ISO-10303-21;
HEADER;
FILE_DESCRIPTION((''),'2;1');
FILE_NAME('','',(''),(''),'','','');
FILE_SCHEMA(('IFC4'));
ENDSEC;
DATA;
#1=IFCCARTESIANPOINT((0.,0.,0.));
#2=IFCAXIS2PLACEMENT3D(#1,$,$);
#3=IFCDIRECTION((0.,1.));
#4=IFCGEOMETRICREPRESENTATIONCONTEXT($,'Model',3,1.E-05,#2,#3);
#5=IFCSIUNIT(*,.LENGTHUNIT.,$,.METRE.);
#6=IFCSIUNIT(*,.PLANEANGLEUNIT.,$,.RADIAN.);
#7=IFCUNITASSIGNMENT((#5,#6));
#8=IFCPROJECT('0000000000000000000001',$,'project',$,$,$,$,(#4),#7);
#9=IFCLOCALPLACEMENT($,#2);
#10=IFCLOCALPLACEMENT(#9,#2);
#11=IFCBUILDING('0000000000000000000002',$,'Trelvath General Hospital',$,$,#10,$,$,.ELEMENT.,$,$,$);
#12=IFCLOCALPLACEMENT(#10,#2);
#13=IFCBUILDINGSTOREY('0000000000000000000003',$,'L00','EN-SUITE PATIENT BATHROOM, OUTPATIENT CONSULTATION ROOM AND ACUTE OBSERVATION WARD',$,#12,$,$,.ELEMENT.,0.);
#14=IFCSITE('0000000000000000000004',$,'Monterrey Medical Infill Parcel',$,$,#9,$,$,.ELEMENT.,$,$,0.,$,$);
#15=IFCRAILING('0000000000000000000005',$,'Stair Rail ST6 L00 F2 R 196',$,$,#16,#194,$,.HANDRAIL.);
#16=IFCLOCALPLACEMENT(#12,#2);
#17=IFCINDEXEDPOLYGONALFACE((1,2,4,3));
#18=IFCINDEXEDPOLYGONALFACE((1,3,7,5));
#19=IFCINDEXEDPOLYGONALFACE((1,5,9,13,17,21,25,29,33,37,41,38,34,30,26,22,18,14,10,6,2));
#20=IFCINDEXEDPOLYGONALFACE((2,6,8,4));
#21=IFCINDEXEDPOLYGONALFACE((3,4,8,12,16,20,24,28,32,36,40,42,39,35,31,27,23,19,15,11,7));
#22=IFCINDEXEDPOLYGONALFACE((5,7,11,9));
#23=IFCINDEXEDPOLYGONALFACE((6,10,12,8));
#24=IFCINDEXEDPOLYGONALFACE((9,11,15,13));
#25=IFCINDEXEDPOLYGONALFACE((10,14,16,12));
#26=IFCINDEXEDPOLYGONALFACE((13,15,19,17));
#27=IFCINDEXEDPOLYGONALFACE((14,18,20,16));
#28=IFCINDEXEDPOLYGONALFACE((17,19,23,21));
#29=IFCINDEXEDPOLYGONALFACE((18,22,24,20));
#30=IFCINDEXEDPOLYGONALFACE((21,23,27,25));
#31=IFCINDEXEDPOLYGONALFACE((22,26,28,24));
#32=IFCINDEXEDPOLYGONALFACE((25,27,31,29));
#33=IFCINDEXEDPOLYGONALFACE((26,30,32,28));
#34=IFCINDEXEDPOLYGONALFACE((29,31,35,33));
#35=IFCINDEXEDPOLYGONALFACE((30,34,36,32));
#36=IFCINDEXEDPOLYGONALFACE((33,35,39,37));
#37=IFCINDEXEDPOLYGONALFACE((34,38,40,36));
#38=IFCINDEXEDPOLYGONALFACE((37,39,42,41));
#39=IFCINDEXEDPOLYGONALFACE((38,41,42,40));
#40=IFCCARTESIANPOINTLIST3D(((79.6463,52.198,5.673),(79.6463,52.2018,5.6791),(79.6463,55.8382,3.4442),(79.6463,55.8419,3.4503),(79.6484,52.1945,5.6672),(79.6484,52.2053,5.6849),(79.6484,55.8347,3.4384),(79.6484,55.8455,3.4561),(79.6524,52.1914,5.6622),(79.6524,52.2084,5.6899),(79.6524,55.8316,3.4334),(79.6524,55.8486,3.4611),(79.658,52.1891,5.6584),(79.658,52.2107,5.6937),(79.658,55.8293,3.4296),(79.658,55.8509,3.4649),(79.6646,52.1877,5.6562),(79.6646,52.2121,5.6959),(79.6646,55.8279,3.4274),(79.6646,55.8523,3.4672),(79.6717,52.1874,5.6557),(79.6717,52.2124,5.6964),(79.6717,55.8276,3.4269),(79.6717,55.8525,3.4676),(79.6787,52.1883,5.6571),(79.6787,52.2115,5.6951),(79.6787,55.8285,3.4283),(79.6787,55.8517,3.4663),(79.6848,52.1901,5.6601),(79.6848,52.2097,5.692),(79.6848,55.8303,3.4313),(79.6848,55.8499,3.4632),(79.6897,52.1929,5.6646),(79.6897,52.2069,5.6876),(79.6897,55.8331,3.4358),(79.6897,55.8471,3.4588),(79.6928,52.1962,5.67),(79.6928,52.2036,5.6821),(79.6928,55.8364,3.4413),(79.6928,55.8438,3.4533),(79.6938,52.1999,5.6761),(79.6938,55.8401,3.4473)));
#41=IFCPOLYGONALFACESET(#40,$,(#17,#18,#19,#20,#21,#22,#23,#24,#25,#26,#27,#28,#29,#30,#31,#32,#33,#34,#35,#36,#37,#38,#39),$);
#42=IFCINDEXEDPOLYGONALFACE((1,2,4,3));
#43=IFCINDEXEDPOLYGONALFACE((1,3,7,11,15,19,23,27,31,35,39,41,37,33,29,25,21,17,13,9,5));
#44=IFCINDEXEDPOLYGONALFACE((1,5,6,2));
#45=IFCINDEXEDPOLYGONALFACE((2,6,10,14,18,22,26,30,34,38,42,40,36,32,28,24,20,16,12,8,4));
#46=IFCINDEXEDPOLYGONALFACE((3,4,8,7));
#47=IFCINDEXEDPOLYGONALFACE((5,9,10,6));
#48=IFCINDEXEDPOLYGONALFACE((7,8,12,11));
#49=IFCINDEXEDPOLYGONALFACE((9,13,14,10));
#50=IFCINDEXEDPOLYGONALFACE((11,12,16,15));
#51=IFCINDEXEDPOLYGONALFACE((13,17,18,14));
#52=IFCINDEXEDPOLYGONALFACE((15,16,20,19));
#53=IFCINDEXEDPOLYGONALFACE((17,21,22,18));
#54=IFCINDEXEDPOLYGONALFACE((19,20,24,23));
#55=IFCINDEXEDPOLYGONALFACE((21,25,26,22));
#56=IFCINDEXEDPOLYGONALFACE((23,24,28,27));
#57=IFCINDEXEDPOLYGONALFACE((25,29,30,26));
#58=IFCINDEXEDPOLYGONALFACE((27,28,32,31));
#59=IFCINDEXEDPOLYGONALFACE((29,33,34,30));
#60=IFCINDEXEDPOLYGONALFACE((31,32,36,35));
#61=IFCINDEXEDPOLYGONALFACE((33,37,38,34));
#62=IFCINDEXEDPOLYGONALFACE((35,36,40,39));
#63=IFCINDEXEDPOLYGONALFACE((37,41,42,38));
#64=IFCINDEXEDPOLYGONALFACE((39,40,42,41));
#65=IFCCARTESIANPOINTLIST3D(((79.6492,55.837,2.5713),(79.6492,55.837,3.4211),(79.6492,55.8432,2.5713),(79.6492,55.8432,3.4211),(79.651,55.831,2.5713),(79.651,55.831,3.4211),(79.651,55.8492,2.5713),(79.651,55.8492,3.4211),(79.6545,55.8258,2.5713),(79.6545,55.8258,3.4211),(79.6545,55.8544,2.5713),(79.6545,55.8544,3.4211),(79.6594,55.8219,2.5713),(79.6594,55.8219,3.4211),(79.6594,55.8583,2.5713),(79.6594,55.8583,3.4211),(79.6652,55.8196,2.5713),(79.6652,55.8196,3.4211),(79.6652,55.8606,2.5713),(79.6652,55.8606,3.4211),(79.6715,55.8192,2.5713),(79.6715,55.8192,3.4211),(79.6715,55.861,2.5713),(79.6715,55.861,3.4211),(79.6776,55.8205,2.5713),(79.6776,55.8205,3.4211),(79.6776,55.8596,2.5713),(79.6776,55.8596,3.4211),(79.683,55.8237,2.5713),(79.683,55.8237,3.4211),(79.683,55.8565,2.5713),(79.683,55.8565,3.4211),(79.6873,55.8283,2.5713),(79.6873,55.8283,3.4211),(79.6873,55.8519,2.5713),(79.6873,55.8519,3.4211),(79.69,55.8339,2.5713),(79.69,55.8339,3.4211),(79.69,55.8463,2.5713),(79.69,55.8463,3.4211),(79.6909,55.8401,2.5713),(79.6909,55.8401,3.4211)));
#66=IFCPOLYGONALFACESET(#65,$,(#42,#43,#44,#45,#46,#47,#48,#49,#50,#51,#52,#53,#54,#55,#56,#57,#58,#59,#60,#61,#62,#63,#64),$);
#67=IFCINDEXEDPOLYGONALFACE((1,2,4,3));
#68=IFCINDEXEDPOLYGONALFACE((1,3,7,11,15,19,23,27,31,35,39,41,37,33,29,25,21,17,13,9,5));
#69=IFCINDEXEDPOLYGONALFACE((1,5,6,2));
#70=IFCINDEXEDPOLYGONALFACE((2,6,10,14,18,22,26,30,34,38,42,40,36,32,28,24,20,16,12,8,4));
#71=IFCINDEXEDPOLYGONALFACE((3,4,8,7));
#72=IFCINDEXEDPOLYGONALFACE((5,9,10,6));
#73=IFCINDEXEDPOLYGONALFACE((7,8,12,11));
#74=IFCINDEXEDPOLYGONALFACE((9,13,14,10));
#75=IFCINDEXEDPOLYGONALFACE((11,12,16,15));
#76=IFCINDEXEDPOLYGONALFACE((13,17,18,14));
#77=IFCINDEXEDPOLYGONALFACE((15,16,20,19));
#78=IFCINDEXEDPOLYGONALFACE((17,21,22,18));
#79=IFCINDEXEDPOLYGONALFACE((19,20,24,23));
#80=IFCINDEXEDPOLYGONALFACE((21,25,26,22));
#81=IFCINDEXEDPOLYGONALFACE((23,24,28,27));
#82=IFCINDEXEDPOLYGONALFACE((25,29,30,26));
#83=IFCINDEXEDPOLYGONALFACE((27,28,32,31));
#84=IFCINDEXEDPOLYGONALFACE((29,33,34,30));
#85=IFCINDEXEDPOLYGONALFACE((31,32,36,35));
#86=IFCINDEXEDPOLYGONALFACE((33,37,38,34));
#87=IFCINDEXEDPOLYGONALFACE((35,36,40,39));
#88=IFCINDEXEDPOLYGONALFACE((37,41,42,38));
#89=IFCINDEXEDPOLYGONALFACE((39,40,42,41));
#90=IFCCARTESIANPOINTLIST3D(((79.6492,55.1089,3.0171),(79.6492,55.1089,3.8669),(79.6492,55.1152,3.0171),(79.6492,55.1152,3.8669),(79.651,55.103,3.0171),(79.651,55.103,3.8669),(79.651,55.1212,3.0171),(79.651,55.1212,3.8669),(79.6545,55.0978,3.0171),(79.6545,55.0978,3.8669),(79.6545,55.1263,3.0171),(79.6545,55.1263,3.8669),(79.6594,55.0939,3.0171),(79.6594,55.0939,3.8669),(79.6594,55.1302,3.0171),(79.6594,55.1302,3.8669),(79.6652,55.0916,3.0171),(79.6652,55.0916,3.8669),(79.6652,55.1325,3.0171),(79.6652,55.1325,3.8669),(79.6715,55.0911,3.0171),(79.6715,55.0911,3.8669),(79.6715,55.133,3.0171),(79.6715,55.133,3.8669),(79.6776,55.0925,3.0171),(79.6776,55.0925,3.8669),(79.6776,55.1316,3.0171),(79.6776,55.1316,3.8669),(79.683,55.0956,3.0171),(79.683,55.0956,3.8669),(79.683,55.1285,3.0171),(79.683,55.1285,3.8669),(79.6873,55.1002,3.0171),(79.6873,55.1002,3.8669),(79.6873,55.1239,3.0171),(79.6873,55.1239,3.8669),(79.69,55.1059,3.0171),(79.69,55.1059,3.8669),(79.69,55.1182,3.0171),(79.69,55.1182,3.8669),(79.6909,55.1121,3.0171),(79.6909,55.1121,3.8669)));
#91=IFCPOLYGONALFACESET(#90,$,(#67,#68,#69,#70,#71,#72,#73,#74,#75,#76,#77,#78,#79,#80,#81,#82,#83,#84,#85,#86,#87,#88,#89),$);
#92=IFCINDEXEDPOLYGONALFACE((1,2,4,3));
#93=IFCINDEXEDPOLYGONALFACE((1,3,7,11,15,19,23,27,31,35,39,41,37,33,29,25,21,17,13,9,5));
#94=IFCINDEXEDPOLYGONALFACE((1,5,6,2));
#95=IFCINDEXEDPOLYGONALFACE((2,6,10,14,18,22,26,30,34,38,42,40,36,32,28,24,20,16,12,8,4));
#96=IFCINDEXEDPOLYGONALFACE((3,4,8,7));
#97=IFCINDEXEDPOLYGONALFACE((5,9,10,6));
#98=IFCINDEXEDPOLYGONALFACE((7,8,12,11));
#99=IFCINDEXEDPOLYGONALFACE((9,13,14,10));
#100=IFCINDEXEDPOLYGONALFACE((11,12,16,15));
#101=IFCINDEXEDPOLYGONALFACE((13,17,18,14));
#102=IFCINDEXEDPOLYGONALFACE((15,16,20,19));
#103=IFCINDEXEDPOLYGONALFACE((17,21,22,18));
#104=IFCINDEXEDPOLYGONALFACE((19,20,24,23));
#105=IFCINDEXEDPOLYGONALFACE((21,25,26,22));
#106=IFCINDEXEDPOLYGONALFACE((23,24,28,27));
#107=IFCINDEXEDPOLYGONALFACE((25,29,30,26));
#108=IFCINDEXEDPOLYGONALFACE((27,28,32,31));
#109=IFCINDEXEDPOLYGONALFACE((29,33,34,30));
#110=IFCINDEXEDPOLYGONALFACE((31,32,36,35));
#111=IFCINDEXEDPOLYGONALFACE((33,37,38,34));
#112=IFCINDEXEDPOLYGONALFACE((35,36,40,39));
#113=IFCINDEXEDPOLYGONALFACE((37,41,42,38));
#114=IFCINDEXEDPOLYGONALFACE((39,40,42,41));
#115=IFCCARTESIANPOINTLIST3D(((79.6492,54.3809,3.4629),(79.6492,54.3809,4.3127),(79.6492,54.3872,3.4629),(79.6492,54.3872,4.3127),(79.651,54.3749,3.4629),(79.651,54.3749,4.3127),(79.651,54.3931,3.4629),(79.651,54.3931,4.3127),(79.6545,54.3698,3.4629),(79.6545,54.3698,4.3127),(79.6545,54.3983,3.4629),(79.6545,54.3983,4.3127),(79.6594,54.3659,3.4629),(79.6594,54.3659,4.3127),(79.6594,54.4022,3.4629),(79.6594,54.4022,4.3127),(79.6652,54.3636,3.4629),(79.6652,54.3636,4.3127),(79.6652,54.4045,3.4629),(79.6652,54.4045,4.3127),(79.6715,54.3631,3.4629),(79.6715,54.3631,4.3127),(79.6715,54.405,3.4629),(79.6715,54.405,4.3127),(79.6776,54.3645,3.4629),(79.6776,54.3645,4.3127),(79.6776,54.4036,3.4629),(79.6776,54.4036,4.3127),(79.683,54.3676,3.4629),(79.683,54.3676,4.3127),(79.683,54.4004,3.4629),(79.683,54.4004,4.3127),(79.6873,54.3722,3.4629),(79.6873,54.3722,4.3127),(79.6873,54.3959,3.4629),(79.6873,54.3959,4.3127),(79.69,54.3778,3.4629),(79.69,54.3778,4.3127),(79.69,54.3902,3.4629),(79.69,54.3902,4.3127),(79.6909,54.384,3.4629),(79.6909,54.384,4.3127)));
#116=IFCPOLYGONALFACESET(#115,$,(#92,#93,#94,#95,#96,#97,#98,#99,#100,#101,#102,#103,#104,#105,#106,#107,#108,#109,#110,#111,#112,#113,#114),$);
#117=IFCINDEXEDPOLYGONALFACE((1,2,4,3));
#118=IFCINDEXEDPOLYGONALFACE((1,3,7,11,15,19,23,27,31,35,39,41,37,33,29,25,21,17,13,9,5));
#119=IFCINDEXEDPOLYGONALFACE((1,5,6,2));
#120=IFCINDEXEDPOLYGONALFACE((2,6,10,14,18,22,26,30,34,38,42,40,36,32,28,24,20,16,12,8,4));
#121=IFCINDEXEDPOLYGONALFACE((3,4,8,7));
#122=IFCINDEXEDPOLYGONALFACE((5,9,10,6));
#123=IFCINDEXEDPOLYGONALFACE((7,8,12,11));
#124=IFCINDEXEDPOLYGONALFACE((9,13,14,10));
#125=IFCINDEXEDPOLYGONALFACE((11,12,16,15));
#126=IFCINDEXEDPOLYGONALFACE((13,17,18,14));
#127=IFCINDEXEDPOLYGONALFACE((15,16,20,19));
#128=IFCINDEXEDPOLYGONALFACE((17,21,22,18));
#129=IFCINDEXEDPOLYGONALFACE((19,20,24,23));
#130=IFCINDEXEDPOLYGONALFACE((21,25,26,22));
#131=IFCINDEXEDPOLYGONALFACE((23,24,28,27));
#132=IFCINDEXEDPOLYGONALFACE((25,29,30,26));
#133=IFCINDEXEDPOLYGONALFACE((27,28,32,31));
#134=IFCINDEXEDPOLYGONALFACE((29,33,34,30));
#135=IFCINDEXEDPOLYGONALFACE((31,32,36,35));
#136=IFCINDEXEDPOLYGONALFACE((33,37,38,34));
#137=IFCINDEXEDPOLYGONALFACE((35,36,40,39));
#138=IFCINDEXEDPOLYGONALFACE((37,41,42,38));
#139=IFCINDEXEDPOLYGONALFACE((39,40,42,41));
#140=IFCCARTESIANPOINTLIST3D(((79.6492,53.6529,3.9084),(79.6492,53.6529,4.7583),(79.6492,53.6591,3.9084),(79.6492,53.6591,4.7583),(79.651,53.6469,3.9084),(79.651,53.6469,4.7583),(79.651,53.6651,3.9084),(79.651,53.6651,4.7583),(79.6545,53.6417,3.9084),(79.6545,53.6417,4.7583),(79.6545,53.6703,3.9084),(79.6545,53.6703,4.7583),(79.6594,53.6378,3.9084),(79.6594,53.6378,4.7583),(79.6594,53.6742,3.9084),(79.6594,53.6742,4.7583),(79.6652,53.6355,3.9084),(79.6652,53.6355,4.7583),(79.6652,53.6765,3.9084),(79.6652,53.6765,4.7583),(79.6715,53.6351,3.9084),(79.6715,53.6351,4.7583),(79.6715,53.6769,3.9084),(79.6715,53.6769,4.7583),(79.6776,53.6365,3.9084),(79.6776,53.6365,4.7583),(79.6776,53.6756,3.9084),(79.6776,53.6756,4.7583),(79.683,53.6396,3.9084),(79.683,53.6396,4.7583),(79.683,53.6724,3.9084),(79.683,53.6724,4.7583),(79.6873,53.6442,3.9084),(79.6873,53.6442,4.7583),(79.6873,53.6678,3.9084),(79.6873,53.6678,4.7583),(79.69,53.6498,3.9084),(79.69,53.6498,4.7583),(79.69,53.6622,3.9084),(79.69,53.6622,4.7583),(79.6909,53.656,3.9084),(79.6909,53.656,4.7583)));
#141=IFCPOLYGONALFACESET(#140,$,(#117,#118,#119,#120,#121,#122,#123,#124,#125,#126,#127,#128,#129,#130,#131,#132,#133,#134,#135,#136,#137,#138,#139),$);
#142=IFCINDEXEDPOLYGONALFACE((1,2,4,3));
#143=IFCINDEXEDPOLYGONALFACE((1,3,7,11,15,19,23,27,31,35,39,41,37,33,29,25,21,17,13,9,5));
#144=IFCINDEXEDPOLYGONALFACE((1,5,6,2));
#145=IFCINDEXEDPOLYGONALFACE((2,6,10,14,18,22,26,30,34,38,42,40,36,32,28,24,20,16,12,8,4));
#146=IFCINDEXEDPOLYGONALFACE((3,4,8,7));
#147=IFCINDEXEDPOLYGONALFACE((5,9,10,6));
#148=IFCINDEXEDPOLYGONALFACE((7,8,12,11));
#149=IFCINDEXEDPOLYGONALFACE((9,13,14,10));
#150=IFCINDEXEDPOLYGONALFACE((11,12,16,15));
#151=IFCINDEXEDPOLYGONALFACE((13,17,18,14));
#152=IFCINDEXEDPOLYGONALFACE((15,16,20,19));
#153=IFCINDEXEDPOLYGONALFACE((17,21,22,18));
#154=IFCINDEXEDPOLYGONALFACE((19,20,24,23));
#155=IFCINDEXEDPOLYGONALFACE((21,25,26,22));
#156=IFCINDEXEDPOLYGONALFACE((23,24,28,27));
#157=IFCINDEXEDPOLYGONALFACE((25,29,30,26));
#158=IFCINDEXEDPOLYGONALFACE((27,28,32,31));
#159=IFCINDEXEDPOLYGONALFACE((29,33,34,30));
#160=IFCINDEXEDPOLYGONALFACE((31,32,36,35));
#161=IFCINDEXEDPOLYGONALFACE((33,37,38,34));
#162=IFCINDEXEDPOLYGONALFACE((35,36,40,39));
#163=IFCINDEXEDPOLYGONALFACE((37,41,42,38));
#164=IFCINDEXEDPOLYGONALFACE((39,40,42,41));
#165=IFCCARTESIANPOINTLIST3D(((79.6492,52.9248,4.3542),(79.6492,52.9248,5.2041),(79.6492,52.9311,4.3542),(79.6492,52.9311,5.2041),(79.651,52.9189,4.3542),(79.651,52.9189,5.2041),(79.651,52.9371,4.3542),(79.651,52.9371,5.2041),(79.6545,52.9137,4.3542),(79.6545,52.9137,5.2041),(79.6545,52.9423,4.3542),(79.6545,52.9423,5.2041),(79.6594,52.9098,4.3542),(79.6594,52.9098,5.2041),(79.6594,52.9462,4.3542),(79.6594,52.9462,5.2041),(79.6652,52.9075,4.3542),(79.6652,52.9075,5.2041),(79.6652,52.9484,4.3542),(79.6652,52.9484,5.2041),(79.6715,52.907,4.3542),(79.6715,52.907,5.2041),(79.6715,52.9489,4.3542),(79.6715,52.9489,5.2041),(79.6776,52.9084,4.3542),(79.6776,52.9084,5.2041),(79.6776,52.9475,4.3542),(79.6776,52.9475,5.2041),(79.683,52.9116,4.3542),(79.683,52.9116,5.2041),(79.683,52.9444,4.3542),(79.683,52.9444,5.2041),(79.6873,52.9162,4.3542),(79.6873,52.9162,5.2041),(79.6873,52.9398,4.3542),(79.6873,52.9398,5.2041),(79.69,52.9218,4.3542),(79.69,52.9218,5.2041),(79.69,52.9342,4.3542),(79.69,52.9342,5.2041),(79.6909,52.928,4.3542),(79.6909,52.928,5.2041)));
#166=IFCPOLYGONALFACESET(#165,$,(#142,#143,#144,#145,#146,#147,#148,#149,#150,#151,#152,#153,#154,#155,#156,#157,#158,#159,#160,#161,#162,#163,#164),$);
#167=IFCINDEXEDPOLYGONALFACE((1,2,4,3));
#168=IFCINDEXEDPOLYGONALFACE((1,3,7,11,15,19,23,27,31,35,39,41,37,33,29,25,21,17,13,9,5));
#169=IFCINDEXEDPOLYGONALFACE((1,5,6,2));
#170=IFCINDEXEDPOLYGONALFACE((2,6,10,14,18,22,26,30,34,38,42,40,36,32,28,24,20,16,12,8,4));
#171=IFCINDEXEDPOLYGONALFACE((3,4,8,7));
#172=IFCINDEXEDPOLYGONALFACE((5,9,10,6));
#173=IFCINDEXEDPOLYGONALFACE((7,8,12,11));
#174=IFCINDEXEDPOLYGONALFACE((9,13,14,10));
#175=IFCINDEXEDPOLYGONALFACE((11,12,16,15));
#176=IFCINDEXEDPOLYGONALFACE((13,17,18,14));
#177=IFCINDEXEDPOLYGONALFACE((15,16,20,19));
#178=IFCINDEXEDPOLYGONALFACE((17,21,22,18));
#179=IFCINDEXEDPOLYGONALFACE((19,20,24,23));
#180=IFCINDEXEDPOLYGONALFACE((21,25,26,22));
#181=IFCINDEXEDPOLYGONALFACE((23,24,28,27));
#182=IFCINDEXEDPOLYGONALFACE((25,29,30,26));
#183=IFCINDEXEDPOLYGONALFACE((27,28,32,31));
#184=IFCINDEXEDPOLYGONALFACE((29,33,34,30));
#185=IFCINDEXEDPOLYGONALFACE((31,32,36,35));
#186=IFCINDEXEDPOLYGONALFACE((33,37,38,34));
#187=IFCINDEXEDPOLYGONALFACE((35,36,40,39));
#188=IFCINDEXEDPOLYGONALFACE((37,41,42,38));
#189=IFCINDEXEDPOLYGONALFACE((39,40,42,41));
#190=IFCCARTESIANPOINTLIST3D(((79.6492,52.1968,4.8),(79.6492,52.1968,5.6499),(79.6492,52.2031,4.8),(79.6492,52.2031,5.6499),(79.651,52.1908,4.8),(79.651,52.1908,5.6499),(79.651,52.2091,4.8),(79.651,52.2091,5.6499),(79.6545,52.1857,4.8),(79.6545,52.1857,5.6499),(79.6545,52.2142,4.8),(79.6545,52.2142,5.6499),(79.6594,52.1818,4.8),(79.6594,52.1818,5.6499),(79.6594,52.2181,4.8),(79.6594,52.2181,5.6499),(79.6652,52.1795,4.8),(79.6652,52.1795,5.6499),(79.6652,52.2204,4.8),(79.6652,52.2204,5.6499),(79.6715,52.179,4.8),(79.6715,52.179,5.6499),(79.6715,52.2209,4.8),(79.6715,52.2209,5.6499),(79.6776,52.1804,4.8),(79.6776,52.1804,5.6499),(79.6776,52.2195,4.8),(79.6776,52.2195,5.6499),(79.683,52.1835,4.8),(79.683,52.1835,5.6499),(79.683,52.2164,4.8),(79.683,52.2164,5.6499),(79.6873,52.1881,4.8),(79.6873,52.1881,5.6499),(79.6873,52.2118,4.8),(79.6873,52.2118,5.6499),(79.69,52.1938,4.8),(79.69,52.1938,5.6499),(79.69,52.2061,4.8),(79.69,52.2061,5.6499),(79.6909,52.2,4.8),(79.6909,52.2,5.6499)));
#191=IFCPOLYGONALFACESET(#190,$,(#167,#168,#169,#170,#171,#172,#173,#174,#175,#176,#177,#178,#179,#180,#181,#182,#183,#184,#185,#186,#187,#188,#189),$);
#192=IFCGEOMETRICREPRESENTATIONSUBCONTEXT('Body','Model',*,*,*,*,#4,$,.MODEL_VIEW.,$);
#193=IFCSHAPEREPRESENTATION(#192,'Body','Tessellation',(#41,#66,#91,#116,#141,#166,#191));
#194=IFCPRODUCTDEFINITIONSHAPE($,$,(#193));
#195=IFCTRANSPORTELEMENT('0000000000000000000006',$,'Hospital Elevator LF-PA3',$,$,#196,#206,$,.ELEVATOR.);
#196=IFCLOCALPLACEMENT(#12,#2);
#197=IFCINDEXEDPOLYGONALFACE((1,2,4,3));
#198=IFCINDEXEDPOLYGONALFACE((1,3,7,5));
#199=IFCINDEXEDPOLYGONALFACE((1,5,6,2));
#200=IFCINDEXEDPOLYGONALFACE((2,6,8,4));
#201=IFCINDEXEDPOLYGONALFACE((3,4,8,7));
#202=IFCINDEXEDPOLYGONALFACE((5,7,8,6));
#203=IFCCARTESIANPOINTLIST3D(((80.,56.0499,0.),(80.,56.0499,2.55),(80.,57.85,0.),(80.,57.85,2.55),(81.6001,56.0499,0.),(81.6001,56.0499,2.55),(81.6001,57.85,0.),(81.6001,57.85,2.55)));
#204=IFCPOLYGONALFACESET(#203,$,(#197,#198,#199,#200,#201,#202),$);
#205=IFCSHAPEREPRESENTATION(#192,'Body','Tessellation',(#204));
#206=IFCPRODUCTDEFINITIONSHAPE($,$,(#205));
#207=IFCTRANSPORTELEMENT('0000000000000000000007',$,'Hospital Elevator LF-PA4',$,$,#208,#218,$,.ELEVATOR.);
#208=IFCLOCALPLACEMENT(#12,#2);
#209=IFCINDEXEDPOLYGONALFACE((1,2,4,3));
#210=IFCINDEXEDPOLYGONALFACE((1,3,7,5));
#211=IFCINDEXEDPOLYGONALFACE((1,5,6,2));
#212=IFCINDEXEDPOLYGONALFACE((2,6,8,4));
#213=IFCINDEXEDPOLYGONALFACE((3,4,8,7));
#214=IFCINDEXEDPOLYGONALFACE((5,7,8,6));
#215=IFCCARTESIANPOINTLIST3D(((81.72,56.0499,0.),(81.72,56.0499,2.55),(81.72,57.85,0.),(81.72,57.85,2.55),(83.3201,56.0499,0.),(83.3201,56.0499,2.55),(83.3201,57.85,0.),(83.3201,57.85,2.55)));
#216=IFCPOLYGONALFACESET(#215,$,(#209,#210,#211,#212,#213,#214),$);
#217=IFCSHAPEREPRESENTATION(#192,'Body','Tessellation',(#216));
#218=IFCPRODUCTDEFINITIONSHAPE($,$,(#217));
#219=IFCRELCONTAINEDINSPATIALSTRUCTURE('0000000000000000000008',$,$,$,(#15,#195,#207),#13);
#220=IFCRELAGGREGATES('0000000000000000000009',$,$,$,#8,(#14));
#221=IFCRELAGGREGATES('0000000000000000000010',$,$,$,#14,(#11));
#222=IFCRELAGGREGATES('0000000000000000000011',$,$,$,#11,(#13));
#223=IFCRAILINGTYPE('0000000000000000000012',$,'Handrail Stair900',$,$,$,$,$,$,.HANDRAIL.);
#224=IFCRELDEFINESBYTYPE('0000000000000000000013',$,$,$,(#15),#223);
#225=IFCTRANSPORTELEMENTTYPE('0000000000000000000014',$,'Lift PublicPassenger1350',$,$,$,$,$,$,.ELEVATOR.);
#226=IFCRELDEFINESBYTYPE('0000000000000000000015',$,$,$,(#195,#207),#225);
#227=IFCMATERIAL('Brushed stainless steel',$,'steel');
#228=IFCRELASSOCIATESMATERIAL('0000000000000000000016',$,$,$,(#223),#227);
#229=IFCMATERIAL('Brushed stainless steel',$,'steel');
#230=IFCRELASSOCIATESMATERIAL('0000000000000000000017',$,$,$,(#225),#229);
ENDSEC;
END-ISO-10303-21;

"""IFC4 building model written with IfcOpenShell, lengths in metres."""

from ifc_helpers import new_model, si_unit, direction, frame, origin, origin_2d, place, context, subcontext, project, spatial, rectangle, circle, extrude, material, type_object, element, save


model = new_model("IFC4")

# Units and contexts
model_context = context("Model", 3, precision=1e-05, world=origin(), true_north=direction((0.0, 1.0)))
body_context = subcontext(model_context, "Body", "Model", "MODEL_VIEW")
ifc_project = project(units=[si_unit("LENGTHUNIT", "METRE"), si_unit("PLANEANGLEUNIT", "RADIAN")], contexts=[model_context])

# Site, building, storey
site_placement = place(None, origin())
site = spatial("IfcSite", under=ifc_project, at=site_placement, Name="Monterrey Medical Infill Parcel", CompositionType="ELEMENT", RefElevation=0.0)
building_placement = place(site_placement, origin())
building = spatial("IfcBuilding", under=site, at=building_placement, Name="Trelvath General Hospital", CompositionType="ELEMENT")
storey_placement = place(building_placement, origin())
storey = spatial("IfcBuildingStorey", under=building, at=storey_placement, Name="L00", Description="EN-SUITE PATIENT BATHROOM, OUTPATIENT CONSULTATION ROOM AND ACUTE OBSERVATION WARD", CompositionType="ELEMENT", Elevation=0.0)

# Railing
ifc_material_1 = material(Name="Brushed stainless steel", Category="steel")
railing_type_1 = type_object("IfcRailingType", Name="Handrail Stair900", PredefinedType="HANDRAIL", material=ifc_material_1)
railing_1_placement = place(storey_placement, frame((79.6699, 55.8401, 2.5713)))
element("IfcRailing", 1, at=railing_1_placement, inside=storey, type_object=railing_type_1, Name="Stair Rail ST6 L00 F2 R 196", PredefinedType="HANDRAIL", context=body_context, shape_type="SweptSolid", body=[
    extrude(circle(Radius=0.0239, at=origin_2d()), frame((0.0, 0.0, 0.876), z_axis=(0.0, -0.85284, 0.522172), x_axis=(1.0, 0.0, 0.0)), (0.0, 0.0, 1.0), 4.2683),
    extrude(circle(Radius=0.021, at=origin_2d()), origin(), (0.0, 0.0, 1.0), 0.8499),
    extrude(circle(Radius=0.021, at=origin_2d()), frame((0.0, -0.728, 0.4458)), (0.0, 0.0, 1.0), 0.8499),
    extrude(circle(Radius=0.021, at=origin_2d()), frame((0.0, -1.4561, 0.8916)), (0.0, 0.0, 1.0), 0.8499),
    extrude(circle(Radius=0.021, at=origin_2d()), frame((0.0, -2.1841, 1.3372)), (0.0, 0.0, 1.0), 0.8499),
    extrude(circle(Radius=0.021, at=origin_2d()), frame((0.0, -2.9121, 1.783)), (0.0, 0.0, 1.0), 0.8499),
    extrude(circle(Radius=0.021, at=origin_2d()), frame((0.0, -3.6401, 2.2288)), (0.0, 0.0, 1.0), 0.8499),
])

# Transport elements
ifc_material_2 = material(Name="Brushed stainless steel", Category="steel")
transport_element_type = type_object("IfcTransportElementType", Name="Lift PublicPassenger1350", PredefinedType="ELEVATOR", material=ifc_material_2)
for number, where, z_axis, x_axis, name in (
    (2, (80.8, 56.95, 0.0), (0.0, 0.0, 1.0), (1.0, 0.0, 0.0), "Hospital Elevator LF-PA3"),
    (3, (82.52, 56.95, 0.0), (0.0, 0.0, 1.0), (1.0, 0.0, 0.0), "Hospital Elevator LF-PA4"),
):
    element("IfcTransportElement", number, at=place(storey_placement, frame(where, z_axis=z_axis, x_axis=x_axis)), inside=storey, type_object=transport_element_type, Name=name, PredefinedType="ELEVATOR", context=body_context, shape_type="SweptSolid", body=[
        extrude(rectangle(XDim=1.6001, YDim=1.8, at=origin_2d()), origin(), (0.0, 0.0, 1.0), 2.55),
    ])

save(model, "model.ifc")
